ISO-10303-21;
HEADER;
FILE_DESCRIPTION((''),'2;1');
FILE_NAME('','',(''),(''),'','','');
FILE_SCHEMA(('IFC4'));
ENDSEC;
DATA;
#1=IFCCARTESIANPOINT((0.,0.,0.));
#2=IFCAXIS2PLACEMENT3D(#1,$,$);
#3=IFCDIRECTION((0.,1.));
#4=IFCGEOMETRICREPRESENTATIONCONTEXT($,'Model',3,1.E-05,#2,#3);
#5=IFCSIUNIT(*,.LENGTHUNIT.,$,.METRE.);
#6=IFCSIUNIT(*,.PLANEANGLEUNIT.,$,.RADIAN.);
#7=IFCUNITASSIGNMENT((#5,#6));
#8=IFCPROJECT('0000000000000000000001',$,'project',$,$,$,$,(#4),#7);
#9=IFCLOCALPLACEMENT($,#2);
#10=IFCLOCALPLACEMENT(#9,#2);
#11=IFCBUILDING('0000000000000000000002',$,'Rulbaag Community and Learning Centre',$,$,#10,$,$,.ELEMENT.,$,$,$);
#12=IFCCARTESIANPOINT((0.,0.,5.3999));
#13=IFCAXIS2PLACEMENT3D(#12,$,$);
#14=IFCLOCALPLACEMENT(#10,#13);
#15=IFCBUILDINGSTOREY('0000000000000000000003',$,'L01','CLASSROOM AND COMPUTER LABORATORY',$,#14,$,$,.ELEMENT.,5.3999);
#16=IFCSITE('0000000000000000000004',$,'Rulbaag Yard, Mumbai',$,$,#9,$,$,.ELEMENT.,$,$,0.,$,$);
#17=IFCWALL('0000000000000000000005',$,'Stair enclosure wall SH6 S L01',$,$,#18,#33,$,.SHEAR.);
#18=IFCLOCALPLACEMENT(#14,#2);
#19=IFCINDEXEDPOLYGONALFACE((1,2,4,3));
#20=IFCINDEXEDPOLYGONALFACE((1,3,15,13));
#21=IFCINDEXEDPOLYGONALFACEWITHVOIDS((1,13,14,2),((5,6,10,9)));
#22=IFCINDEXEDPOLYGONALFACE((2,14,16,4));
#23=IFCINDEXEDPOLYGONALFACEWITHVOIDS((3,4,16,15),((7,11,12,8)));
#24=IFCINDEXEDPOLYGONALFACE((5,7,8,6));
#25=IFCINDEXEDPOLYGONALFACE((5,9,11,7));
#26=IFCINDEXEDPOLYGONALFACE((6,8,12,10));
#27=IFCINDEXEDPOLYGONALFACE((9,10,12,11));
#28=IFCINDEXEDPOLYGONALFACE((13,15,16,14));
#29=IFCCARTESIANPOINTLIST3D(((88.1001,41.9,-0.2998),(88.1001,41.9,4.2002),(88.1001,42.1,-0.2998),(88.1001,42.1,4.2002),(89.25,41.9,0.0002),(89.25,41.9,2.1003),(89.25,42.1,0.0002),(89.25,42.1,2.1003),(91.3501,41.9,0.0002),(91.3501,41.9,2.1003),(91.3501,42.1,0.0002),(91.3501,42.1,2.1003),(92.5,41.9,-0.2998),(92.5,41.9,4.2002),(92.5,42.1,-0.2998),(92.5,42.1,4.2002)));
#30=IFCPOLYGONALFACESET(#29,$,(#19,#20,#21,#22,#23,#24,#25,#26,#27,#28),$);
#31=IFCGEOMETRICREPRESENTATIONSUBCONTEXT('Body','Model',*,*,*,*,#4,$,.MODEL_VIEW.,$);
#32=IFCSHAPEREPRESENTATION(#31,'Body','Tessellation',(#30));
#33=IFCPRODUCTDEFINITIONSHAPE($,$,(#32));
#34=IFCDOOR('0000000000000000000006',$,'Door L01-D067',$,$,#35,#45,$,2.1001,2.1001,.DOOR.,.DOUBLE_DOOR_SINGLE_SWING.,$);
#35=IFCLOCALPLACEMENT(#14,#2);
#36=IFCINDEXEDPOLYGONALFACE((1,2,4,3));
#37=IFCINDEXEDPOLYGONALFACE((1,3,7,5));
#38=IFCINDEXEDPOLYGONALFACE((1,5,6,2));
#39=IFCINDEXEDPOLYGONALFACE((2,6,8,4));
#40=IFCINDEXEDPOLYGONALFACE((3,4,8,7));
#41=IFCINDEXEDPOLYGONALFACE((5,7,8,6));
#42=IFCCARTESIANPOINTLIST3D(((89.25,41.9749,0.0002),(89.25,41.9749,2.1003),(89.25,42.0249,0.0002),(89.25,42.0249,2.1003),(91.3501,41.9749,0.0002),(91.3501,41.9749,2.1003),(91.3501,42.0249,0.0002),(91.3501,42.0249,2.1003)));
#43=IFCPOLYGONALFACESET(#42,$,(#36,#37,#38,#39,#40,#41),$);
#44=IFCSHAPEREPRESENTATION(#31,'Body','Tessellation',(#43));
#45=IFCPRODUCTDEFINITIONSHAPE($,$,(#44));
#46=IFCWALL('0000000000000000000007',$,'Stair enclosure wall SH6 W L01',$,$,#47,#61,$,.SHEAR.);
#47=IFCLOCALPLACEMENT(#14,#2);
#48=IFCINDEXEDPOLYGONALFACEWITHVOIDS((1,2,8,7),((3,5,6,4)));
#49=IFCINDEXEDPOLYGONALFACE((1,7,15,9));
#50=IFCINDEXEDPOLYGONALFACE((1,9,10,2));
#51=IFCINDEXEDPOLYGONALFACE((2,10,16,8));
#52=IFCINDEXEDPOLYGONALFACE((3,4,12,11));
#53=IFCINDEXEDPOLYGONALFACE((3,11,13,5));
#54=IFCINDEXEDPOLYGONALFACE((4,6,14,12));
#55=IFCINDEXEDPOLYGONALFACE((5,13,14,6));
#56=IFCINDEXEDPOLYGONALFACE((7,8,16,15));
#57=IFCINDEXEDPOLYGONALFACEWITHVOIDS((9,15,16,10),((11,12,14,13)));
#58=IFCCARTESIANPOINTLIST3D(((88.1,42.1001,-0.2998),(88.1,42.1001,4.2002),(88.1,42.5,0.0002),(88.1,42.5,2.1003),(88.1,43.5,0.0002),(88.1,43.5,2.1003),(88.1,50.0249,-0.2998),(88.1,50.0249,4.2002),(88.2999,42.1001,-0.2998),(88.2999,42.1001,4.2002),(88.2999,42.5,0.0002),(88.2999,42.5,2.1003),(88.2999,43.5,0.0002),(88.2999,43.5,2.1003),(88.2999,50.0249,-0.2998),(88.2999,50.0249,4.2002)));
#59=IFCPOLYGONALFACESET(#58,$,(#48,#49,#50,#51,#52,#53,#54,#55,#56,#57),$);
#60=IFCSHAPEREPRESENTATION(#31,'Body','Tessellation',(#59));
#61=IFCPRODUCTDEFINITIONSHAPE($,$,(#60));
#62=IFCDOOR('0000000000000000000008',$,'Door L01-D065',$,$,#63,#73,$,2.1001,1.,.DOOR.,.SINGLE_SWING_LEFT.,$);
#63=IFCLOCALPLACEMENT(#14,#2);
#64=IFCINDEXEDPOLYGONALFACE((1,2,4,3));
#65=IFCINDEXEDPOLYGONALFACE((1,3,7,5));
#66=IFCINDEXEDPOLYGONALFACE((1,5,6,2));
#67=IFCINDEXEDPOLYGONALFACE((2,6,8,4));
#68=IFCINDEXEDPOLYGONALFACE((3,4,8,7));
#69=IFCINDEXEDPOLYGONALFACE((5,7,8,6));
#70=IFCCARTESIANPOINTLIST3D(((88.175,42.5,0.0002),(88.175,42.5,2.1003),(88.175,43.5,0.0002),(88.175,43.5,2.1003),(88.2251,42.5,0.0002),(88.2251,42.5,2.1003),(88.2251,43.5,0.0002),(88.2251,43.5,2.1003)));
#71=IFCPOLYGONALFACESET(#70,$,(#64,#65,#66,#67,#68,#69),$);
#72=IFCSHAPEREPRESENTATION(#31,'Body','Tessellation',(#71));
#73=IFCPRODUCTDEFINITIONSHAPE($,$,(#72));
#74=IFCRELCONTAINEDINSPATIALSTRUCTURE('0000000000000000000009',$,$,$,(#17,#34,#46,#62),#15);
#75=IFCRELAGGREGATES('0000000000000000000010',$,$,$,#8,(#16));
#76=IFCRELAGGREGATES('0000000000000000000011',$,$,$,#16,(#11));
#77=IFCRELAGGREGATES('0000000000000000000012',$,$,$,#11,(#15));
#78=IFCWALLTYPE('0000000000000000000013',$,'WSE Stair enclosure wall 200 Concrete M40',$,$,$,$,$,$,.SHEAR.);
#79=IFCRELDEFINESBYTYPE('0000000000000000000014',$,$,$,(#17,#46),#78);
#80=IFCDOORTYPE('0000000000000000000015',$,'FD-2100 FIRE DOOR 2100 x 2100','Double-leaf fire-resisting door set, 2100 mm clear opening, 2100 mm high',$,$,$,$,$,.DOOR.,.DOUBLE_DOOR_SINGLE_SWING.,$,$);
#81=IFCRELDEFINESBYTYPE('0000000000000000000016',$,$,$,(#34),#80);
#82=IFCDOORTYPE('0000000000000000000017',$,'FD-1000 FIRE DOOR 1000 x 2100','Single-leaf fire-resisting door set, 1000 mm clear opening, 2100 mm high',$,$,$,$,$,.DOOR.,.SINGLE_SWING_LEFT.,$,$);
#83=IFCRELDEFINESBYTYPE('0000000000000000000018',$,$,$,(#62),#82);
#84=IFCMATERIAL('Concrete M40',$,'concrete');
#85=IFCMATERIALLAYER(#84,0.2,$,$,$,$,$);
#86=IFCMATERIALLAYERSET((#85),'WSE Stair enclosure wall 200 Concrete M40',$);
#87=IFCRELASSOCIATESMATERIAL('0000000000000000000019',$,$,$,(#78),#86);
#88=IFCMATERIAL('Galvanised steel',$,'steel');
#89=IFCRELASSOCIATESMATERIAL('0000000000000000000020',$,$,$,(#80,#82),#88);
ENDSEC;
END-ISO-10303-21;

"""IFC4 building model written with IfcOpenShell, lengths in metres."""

from ifc_helpers import new_model, si_unit, direction, frame, frame_2d, origin, place, context, subcontext, project, spatial, rectangle, extrude, material, layer, layer_set, type_object, element, fill, save


model = new_model("IFC4")

# Units and contexts
model_context = context("Model", 3, precision=1e-05, world=origin(), true_north=direction((0.0, 1.0)))
body_context = subcontext(model_context, "Body", "Model", "MODEL_VIEW")
ifc_project = project(units=[si_unit("LENGTHUNIT", "METRE"), si_unit("PLANEANGLEUNIT", "RADIAN")], contexts=[model_context])

# Site, building, storey
site_placement = place(None, origin())
site = spatial("IfcSite", under=ifc_project, at=site_placement, Name="Rulbaag Yard, Mumbai", CompositionType="ELEMENT", RefElevation=0.0)
building_placement = place(site_placement, origin())
building = spatial("IfcBuilding", under=site, at=building_placement, Name="Rulbaag Community and Learning Centre", CompositionType="ELEMENT")
storey_placement = place(building_placement, frame((0.0, 0.0, 5.3999)))
storey = spatial("IfcBuildingStorey", under=building, at=storey_placement, Name="L01", Description="CLASSROOM AND COMPUTER LABORATORY", CompositionType="ELEMENT", Elevation=5.3999)

# Shared definitions
ifc_material_1 = material(Name="Concrete M40", Category="concrete")

# Walls, openings, doors
ifc_layer_1 = layer(ifc_material_1, 0.2)
ifc_layer_set_1 = layer_set([ifc_layer_1], Name="WSE Stair enclosure wall 200 Concrete M40")
wall_type_1 = type_object("IfcWallType", Name="WSE Stair enclosure wall 200 Concrete M40", PredefinedType="SHEAR", material=ifc_layer_set_1)
wall_1_placement = place(storey_placement, frame((88.1001, 42.0, -0.2998), z_axis=(0.0, 0.0, 1.0), x_axis=(1.0, 0.0, 0.0)))
wall_1 = element("IfcWall", 1, at=wall_1_placement, inside=storey, type_object=wall_type_1, Name="Stair enclosure wall SH6 S L01", PredefinedType="SHEAR", context=body_context, shape_type="SweptSolid", body=[
    extrude(rectangle(XDim=4.3999, YDim=0.2, at=frame_2d((2.2, 0.0))), origin(), (0.0, 0.0, 1.0), 4.5),
])
opening_1_placement = place(wall_1_placement, frame((1.1499, 0.0, 0.3)))
opening_1 = element("IfcOpeningElement", 2, at=opening_1_placement, cuts=wall_1, PredefinedType="OPENING", context=body_context, shape_type="SweptSolid", body=[
    extrude(rectangle(XDim=2.1001, YDim=2.1001, at=frame_2d((1.05, 1.05))), frame((0.0, 0.1099, 0.0), z_axis=(0.0, -1.0, 0.0), x_axis=(1.0, 0.0, 0.0)), (0.0, 0.0, 1.0), 0.22),
])
ifc_material_2 = material(Name="Galvanised steel", Category="steel")
door_type_1 = type_object("IfcDoorType", Name="FD-2100 FIRE DOOR 2100 x 2100", Description="Double-leaf fire-resisting door set, 2100 mm clear opening, 2100 mm high", OperationType="DOUBLE_DOOR_SINGLE_SWING", PredefinedType="DOOR", material=ifc_material_2)
door_1_placement = place(opening_1_placement, origin())
door_1 = element("IfcDoor", 3, at=door_1_placement, inside=storey, type_object=door_type_1, Name="Door L01-D067", OperationType="DOUBLE_DOOR_SINGLE_SWING", OverallHeight=2.1001, OverallWidth=2.1001, PredefinedType="DOOR", context=body_context, shape_type="SweptSolid", body=[
    extrude(rectangle(XDim=2.1001, YDim=2.1001, at=frame_2d((1.05, 1.05))), frame((0.0, 0.0249, 0.0), z_axis=(0.0, -1.0, 0.0), x_axis=(1.0, 0.0, 0.0)), (0.0, 0.0, 1.0), 0.05),
])
fill(opening_1, door_1)
wall_2_placement = place(storey_placement, frame((88.2, 42.1001, -0.2998), z_axis=(0.0, 0.0, 1.0), x_axis=(0.0, 1.0, 0.0)))
wall_2 = element("IfcWall", 4, at=wall_2_placement, inside=storey, type_object=wall_type_1, Name="Stair enclosure wall SH6 W L01", PredefinedType="SHEAR", context=body_context, shape_type="SweptSolid", body=[
    extrude(rectangle(XDim=7.9248, YDim=0.2, at=frame_2d((3.9624, 0.0))), origin(), (0.0, 0.0, 1.0), 4.5),
])
opening_2_placement = place(wall_2_placement, frame((0.3999, 0.0, 0.3)))
opening_2 = element("IfcOpeningElement", 5, at=opening_2_placement, cuts=wall_2, PredefinedType="OPENING", context=body_context, shape_type="SweptSolid", body=[
    extrude(rectangle(XDim=1.0, YDim=2.1001, at=frame_2d((0.5, 1.05))), frame((0.0, 0.1099, 0.0), z_axis=(0.0, -1.0, 0.0), x_axis=(1.0, 0.0, 0.0)), (0.0, 0.0, 1.0), 0.22),
])
door_type_2 = type_object("IfcDoorType", Name="FD-1000 FIRE DOOR 1000 x 2100", Description="Single-leaf fire-resisting door set, 1000 mm clear opening, 2100 mm high", OperationType="SINGLE_SWING_LEFT", PredefinedType="DOOR", material=ifc_material_2)
door_2_placement = place(opening_2_placement, origin())
door_2 = element("IfcDoor", 6, at=door_2_placement, inside=storey, type_object=door_type_2, Name="Door L01-D065", OperationType="SINGLE_SWING_LEFT", OverallHeight=2.1001, OverallWidth=1.0, PredefinedType="DOOR", context=body_context, shape_type="SweptSolid", body=[
    extrude(rectangle(XDim=1.0, YDim=2.1001, at=frame_2d((0.5, 1.05))), frame((0.0, 0.0249, 0.0), z_axis=(0.0, -1.0, 0.0), x_axis=(1.0, 0.0, 0.0)), (0.0, 0.0, 1.0), 0.05),
])
fill(opening_2, door_2)

save(model, "model.ifc")
